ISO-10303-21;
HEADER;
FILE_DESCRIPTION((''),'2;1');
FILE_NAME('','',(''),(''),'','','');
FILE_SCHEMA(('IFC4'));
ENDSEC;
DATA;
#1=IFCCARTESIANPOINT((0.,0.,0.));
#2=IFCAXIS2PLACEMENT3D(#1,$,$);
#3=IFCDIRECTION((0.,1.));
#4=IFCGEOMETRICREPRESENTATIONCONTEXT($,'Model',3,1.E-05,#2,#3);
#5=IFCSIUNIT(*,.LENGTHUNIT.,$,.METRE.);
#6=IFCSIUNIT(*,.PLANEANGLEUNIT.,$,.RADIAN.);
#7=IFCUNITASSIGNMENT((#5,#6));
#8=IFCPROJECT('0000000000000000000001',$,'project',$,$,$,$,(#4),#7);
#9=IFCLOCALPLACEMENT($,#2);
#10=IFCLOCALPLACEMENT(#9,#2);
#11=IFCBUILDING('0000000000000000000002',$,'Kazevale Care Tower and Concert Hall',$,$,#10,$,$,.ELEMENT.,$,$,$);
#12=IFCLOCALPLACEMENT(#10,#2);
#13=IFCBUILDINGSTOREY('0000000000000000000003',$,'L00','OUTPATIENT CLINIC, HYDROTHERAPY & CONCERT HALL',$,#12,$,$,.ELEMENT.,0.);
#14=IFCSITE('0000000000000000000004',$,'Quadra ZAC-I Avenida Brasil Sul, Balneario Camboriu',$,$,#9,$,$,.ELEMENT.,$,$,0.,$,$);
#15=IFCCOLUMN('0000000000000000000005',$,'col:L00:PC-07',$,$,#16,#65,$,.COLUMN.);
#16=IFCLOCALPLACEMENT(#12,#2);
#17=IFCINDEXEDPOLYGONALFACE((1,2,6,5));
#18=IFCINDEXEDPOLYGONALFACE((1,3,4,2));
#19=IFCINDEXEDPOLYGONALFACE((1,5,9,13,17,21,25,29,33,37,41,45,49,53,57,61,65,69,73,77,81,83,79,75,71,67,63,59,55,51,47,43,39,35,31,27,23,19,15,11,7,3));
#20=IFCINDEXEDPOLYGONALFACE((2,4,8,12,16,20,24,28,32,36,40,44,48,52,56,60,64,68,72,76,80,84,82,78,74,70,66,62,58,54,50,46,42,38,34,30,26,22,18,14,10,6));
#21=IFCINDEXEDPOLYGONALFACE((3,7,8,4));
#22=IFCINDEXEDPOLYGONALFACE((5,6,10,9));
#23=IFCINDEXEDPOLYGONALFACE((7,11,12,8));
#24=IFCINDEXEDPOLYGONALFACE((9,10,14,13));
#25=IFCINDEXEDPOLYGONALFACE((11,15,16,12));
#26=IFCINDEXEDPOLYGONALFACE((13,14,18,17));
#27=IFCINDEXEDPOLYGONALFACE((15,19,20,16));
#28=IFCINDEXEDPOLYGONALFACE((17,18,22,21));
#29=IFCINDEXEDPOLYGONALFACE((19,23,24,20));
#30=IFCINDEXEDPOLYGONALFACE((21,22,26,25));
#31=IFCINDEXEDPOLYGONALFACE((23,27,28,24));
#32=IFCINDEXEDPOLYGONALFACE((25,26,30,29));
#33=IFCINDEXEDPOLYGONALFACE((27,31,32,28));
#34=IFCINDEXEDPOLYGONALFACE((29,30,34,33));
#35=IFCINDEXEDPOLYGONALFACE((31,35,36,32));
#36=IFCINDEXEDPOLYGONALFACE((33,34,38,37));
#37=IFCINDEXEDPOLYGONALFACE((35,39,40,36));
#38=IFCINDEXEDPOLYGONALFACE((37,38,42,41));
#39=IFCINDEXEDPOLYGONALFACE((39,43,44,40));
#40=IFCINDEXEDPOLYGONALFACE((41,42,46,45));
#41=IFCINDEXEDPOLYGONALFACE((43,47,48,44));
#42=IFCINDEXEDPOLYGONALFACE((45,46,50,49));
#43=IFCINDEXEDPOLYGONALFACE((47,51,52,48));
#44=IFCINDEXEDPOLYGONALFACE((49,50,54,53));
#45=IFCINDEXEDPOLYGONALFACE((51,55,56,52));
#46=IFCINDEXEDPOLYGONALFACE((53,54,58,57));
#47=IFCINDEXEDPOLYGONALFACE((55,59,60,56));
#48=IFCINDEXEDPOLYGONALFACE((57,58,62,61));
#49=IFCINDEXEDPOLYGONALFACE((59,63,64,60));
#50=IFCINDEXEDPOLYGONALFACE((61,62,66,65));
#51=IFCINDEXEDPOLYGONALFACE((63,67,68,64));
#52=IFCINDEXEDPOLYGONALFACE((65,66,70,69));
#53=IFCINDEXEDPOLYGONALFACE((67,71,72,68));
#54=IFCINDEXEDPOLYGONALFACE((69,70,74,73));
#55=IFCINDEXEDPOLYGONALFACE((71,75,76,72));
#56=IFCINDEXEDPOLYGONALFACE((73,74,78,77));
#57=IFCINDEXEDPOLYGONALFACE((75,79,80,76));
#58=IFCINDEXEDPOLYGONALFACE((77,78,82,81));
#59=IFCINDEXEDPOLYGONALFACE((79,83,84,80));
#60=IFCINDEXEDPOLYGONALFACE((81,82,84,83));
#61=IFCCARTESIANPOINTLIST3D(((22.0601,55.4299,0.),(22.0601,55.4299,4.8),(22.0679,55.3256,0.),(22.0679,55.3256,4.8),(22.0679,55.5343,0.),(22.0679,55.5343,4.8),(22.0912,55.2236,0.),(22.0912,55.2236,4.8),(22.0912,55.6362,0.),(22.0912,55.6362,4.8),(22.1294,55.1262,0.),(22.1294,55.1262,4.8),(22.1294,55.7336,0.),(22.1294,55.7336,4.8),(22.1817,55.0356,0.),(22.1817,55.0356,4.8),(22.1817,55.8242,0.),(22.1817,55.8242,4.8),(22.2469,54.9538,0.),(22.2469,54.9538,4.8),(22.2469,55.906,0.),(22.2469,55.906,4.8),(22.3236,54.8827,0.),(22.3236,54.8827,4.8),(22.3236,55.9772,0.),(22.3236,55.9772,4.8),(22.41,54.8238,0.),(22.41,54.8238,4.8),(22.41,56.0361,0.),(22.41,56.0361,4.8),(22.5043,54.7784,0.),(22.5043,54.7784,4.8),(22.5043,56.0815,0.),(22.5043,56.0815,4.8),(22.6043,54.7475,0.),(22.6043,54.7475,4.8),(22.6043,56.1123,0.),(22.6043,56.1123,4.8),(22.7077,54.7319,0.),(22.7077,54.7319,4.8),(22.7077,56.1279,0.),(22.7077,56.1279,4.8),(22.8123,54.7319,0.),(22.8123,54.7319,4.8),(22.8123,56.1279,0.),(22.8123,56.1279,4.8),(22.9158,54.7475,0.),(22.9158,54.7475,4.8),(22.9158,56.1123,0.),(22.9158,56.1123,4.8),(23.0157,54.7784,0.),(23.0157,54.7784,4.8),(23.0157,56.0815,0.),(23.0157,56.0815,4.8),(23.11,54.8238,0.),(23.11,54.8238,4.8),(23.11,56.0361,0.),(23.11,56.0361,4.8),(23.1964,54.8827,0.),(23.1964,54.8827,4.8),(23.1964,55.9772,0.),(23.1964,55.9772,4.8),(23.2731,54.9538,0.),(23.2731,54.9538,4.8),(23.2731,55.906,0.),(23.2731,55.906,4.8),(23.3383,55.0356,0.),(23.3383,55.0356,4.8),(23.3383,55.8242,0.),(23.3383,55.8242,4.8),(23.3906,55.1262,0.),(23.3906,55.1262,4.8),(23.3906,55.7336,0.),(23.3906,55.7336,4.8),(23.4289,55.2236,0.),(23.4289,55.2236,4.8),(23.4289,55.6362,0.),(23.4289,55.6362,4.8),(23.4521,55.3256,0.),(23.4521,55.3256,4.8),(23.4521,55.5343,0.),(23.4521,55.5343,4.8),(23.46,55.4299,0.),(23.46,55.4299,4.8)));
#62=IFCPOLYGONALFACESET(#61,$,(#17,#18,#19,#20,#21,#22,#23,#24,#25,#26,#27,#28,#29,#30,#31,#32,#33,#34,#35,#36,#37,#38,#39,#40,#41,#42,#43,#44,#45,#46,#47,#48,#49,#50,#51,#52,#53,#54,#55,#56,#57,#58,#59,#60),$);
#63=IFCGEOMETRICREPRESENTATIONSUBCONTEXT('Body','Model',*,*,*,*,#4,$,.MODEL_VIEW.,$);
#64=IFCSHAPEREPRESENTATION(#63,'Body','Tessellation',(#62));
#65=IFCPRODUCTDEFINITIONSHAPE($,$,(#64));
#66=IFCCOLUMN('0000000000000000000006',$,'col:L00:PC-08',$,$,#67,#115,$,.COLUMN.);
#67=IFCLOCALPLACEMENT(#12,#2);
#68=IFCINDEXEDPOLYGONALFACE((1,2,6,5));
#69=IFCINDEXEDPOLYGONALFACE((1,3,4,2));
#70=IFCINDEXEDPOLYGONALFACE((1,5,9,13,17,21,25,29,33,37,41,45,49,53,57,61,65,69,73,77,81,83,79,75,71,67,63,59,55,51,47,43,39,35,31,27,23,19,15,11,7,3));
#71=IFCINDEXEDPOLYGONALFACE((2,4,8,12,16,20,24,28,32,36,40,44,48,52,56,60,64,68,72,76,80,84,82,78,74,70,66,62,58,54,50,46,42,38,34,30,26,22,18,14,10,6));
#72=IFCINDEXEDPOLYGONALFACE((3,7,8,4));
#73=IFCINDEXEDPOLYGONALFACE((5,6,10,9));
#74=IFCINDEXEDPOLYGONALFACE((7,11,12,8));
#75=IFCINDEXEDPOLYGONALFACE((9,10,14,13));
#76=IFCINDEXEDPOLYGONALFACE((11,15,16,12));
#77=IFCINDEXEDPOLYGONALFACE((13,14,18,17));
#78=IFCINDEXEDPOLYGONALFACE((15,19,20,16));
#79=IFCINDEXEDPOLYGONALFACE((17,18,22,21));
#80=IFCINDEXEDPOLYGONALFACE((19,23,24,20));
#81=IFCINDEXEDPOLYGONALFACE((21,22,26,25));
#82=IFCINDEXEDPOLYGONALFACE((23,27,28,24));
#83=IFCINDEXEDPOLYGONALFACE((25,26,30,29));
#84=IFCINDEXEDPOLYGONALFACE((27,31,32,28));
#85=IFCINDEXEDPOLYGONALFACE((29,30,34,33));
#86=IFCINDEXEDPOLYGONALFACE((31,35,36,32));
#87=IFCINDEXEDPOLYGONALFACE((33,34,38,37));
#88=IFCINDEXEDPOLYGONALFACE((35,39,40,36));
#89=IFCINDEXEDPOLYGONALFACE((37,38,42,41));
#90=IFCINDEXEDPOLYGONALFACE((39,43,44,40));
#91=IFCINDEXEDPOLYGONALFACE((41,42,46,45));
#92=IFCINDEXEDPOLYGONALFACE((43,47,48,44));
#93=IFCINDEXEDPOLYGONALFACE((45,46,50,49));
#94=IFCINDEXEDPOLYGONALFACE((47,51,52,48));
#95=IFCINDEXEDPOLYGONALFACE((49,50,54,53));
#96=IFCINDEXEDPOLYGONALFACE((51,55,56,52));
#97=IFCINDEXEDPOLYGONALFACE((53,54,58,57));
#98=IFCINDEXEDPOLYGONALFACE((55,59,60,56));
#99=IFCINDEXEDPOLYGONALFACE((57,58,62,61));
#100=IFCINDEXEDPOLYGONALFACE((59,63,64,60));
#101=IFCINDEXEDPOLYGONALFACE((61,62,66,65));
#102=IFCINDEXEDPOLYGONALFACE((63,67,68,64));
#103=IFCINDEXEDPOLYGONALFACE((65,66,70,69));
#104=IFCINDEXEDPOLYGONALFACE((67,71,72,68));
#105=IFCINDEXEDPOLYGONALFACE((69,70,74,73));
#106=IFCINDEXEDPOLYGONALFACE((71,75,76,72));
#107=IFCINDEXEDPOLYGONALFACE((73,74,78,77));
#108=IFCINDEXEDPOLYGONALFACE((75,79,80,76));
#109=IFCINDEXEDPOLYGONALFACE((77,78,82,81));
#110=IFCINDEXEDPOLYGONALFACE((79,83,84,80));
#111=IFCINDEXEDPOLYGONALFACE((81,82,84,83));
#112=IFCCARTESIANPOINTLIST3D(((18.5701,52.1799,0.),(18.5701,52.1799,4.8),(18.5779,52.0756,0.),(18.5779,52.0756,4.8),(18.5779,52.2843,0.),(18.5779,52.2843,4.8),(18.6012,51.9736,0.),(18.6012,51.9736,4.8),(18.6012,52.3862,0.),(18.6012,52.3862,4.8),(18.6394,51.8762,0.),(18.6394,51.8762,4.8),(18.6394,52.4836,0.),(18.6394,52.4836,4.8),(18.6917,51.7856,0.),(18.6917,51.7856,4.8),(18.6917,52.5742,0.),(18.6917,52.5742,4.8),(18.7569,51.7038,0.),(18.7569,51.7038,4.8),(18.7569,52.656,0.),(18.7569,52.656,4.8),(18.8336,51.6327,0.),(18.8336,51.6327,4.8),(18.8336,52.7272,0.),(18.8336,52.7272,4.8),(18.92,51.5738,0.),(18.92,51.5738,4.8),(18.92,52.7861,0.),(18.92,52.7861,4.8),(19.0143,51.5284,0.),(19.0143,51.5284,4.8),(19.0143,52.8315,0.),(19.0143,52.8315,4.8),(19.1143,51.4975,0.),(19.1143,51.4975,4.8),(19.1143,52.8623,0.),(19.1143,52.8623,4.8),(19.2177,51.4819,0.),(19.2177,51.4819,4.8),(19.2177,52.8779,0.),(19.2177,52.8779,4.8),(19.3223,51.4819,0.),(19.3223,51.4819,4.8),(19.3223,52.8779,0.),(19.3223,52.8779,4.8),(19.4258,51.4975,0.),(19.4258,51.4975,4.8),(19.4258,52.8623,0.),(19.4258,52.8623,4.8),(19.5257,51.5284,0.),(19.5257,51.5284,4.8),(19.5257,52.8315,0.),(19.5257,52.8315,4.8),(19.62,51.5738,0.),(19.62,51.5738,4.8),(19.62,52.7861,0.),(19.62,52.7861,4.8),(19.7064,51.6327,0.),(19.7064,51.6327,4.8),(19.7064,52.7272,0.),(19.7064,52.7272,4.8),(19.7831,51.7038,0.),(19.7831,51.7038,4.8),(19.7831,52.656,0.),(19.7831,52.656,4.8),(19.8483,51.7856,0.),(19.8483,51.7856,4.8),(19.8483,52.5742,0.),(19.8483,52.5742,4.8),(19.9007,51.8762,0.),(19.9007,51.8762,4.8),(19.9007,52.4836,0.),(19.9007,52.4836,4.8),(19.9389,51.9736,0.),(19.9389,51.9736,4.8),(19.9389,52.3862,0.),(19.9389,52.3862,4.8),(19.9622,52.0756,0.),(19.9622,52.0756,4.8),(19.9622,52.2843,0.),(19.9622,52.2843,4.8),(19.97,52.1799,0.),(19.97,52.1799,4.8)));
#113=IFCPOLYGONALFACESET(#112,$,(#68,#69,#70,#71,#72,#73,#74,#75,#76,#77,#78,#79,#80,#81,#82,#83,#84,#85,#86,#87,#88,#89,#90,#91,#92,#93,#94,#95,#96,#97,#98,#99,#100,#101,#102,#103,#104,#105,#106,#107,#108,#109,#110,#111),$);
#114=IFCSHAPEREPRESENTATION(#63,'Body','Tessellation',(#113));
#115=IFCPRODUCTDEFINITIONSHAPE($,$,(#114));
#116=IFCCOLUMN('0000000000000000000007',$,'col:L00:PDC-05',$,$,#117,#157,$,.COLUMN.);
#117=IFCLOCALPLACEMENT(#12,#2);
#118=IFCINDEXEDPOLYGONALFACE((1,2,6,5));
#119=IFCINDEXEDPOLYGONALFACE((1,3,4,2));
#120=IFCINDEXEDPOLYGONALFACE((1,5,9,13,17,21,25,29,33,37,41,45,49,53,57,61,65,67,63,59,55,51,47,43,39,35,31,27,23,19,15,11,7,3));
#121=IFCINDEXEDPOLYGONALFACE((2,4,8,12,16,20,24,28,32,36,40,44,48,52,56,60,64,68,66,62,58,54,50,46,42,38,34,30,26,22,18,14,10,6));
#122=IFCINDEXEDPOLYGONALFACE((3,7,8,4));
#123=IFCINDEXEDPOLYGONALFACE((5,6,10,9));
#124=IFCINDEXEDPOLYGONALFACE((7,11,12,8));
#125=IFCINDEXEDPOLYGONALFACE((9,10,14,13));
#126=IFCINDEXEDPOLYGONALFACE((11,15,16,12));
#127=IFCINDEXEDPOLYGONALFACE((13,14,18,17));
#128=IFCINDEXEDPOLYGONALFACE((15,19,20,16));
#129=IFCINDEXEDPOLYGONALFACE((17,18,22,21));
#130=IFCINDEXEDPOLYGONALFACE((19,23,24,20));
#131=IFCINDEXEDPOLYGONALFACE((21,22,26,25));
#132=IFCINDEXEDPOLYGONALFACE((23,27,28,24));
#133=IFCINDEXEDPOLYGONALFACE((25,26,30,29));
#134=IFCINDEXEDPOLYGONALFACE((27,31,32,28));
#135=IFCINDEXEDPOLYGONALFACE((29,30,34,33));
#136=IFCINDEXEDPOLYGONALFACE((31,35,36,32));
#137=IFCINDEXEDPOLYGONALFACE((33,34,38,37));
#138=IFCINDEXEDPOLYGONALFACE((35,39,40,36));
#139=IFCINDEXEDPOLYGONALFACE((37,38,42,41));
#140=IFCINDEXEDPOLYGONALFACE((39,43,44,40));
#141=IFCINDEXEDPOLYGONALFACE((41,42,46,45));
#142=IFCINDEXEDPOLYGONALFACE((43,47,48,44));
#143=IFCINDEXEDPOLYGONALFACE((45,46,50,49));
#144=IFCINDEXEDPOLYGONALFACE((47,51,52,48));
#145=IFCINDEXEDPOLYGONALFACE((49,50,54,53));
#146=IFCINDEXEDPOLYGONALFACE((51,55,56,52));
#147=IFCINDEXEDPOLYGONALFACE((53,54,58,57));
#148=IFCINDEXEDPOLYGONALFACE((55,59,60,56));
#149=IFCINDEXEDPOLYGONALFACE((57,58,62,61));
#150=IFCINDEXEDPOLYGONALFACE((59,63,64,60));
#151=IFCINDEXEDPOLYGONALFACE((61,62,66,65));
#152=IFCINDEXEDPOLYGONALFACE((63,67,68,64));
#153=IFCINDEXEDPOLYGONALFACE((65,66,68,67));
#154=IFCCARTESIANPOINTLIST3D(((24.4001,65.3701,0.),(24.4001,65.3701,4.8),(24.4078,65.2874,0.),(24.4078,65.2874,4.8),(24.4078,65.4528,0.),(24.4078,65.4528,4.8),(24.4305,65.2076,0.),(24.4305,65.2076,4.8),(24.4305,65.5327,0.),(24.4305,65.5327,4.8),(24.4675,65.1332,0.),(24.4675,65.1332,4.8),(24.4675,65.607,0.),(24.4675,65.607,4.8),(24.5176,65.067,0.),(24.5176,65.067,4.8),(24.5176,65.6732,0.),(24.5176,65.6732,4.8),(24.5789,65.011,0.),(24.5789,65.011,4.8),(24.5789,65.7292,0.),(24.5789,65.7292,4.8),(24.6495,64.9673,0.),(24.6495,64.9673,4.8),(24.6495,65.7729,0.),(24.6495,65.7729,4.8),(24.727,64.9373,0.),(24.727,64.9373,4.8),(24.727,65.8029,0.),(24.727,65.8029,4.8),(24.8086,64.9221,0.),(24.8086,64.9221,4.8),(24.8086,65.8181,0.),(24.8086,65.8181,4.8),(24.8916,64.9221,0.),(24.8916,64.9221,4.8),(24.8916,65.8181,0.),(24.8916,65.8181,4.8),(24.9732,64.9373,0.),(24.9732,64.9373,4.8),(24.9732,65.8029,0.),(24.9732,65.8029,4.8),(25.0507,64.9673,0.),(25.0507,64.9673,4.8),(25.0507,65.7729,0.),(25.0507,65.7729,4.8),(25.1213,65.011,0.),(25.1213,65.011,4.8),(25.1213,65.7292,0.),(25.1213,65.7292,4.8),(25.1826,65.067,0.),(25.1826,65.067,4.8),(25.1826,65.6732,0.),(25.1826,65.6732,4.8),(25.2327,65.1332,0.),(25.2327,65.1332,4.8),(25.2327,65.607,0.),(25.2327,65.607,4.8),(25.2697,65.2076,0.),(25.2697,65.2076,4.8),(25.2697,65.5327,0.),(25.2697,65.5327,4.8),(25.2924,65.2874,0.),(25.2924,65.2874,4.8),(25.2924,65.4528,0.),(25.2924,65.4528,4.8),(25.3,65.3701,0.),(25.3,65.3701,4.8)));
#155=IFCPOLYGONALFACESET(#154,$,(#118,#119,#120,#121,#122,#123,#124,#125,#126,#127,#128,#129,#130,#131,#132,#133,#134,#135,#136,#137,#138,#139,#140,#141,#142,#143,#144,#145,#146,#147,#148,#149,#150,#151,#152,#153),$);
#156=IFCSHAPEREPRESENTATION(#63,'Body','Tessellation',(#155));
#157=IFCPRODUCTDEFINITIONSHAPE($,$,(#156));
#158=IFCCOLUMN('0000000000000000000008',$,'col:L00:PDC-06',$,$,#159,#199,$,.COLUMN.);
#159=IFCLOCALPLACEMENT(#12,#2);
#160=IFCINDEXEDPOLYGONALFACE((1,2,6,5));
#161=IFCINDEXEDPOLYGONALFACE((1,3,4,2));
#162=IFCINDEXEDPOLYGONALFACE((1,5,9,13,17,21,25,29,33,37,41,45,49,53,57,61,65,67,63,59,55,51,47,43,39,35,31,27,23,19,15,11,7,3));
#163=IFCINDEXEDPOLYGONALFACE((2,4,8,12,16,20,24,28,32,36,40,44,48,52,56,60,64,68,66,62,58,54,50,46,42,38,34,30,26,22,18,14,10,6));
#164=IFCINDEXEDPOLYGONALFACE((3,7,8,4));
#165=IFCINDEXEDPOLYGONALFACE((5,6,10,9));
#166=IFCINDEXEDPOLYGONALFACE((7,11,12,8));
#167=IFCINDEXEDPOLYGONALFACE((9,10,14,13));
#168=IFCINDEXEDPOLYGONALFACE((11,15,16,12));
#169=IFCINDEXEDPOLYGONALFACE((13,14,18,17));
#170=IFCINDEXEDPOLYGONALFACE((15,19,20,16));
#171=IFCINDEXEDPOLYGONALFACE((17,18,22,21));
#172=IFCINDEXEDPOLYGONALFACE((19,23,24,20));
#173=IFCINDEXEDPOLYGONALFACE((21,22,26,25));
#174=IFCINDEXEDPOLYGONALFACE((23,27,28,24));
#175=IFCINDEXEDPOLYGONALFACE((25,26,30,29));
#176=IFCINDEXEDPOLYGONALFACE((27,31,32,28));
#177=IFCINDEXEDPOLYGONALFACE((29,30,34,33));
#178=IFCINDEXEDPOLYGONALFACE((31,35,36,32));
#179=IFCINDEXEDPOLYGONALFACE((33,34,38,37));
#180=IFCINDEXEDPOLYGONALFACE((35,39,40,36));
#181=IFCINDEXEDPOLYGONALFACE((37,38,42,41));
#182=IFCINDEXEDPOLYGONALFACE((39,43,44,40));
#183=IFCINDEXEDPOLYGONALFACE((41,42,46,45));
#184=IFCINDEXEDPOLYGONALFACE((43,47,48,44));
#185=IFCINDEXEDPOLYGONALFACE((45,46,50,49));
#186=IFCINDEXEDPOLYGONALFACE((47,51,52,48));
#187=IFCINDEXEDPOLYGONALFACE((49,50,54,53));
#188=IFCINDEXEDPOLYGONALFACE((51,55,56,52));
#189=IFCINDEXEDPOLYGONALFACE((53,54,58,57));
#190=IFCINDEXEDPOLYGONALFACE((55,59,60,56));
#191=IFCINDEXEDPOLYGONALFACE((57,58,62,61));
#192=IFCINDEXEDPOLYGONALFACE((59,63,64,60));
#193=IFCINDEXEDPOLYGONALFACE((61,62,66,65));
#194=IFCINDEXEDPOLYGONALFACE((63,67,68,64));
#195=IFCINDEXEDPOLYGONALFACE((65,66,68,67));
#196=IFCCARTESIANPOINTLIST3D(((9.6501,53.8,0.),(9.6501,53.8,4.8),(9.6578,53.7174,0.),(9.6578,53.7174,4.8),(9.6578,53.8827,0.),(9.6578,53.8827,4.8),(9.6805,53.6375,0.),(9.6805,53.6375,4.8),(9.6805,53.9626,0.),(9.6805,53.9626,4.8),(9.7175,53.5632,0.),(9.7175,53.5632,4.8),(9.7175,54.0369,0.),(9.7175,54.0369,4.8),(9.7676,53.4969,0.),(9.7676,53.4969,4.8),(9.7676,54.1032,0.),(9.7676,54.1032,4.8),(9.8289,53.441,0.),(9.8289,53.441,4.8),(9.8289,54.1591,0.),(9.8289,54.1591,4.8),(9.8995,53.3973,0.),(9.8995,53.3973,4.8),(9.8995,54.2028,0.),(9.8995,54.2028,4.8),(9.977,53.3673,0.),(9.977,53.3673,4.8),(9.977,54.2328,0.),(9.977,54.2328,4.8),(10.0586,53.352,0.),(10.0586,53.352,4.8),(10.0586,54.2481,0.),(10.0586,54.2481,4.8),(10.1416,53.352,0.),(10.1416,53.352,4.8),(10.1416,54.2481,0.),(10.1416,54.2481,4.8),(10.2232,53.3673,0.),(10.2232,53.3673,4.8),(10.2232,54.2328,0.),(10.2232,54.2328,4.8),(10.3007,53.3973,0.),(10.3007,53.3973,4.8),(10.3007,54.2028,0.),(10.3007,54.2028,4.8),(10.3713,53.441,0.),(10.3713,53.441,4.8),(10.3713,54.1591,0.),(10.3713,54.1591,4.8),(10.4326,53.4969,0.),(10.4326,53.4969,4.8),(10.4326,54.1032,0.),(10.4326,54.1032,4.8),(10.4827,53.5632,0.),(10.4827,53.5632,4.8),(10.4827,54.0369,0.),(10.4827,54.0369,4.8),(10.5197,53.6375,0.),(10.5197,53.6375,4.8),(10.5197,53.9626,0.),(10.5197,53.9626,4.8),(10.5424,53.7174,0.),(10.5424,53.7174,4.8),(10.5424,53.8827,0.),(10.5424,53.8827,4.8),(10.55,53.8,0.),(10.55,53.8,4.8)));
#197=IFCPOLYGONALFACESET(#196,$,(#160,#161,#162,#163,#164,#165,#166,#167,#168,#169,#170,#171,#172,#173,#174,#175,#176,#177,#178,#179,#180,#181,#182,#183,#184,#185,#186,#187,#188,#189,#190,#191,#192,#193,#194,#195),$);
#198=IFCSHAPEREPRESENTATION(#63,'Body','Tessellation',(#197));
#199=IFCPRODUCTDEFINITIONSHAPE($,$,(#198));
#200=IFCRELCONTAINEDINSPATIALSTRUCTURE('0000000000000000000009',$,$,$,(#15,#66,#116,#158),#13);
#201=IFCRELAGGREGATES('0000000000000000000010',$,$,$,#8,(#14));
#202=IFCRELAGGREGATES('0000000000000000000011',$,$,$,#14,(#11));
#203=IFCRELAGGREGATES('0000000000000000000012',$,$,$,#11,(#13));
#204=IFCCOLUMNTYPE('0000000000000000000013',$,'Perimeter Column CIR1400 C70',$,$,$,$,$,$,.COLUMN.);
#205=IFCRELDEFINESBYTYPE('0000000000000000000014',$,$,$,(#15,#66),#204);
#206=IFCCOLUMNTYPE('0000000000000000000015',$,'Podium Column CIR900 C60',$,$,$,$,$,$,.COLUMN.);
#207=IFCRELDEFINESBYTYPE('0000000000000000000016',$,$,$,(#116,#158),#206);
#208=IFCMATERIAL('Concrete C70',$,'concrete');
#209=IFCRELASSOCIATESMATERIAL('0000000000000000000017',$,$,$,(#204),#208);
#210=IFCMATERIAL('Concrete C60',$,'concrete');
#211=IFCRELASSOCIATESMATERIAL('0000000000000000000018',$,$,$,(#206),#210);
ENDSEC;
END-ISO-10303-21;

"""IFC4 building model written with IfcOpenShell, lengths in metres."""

from ifc_helpers import new_model, si_unit, direction, frame, origin, origin_2d, place, context, subcontext, project, spatial, circle, extrude, material, material_profile, profile_set, type_object, element, save


model = new_model("IFC4")

# Units and contexts
model_context = context("Model", 3, precision=1e-05, world=origin(), true_north=direction((0.0, 1.0)))
body_context = subcontext(model_context, "Body", "Model", "MODEL_VIEW")
ifc_project = project(units=[si_unit("LENGTHUNIT", "METRE"), si_unit("PLANEANGLEUNIT", "RADIAN")], contexts=[model_context])

# Site, building, storey
site_placement = place(None, origin())
site = spatial("IfcSite", under=ifc_project, at=site_placement, Name="Quadra ZAC-I Avenida Brasil Sul, Balneario Camboriu", CompositionType="ELEMENT", RefElevation=0.0)
building_placement = place(site_placement, origin())
building = spatial("IfcBuilding", under=site, at=building_placement, Name="Kazevale Care Tower and Concert Hall", CompositionType="ELEMENT")
storey_placement = place(building_placement, origin())
storey = spatial("IfcBuildingStorey", under=building, at=storey_placement, Name="L00", Description="OUTPATIENT CLINIC, HYDROTHERAPY & CONCERT HALL", CompositionType="ELEMENT", Elevation=0.0)

# Columns
ifc_material_1 = material(Name="Concrete C70", Category="concrete")
ifc_material_profile_1 = material_profile(ifc_material_1, circle(Radius=0.7, at=origin_2d()), Name="RC-CIR1400")
ifc_profile_set_1 = profile_set([ifc_material_profile_1], Name="Concrete C70")
column_type_1 = type_object("IfcColumnType", Name="Perimeter Column CIR1400 C70", PredefinedType="COLUMN", material=ifc_profile_set_1)
for number, where, z_axis, x_axis, name in (
    (1, (22.76, 55.4299, 0.0), (0.0, 0.0, 1.0), (1.0, 0.0, 0.0), "col:L00:PC-07"),
    (2, (19.27, 52.1799, 0.0), (0.0, 0.0, 1.0), (1.0, 0.0, 0.0), "col:L00:PC-08"),
):
    element("IfcColumn", number, at=place(storey_placement, frame(where, z_axis=z_axis, x_axis=x_axis)), inside=storey, type_object=column_type_1, Name=name, PredefinedType="COLUMN", context=body_context, shape_type="SweptSolid", body=[
        extrude(circle(Radius=0.7, at=origin_2d()), origin(), (0.0, 0.0, 1.0), 4.8),
    ])
ifc_material_2 = material(Name="Concrete C60", Category="concrete")
ifc_material_profile_2 = material_profile(ifc_material_2, circle(Radius=0.45, at=origin_2d()), Name="RC-CIR900")
ifc_profile_set_2 = profile_set([ifc_material_profile_2], Name="Concrete C60")
column_type_2 = type_object("IfcColumnType", Name="Podium Column CIR900 C60", PredefinedType="COLUMN", material=ifc_profile_set_2)
for number, where, z_axis, x_axis, name in (
    (3, (24.8501, 65.3701, 0.0), (0.0, 0.0, 1.0), (1.0, 0.0, 0.0), "col:L00:PDC-05"),
    (4, (10.1001, 53.8, 0.0), (0.0, 0.0, 1.0), (1.0, 0.0, 0.0), "col:L00:PDC-06"),
):
    element("IfcColumn", number, at=place(storey_placement, frame(where, z_axis=z_axis, x_axis=x_axis)), inside=storey, type_object=column_type_2, Name=name, PredefinedType="COLUMN", context=body_context, shape_type="SweptSolid", body=[
        extrude(circle(Radius=0.45, at=origin_2d()), origin(), (0.0, 0.0, 1.0), 4.8),
    ])

save(model, "model.ifc")
